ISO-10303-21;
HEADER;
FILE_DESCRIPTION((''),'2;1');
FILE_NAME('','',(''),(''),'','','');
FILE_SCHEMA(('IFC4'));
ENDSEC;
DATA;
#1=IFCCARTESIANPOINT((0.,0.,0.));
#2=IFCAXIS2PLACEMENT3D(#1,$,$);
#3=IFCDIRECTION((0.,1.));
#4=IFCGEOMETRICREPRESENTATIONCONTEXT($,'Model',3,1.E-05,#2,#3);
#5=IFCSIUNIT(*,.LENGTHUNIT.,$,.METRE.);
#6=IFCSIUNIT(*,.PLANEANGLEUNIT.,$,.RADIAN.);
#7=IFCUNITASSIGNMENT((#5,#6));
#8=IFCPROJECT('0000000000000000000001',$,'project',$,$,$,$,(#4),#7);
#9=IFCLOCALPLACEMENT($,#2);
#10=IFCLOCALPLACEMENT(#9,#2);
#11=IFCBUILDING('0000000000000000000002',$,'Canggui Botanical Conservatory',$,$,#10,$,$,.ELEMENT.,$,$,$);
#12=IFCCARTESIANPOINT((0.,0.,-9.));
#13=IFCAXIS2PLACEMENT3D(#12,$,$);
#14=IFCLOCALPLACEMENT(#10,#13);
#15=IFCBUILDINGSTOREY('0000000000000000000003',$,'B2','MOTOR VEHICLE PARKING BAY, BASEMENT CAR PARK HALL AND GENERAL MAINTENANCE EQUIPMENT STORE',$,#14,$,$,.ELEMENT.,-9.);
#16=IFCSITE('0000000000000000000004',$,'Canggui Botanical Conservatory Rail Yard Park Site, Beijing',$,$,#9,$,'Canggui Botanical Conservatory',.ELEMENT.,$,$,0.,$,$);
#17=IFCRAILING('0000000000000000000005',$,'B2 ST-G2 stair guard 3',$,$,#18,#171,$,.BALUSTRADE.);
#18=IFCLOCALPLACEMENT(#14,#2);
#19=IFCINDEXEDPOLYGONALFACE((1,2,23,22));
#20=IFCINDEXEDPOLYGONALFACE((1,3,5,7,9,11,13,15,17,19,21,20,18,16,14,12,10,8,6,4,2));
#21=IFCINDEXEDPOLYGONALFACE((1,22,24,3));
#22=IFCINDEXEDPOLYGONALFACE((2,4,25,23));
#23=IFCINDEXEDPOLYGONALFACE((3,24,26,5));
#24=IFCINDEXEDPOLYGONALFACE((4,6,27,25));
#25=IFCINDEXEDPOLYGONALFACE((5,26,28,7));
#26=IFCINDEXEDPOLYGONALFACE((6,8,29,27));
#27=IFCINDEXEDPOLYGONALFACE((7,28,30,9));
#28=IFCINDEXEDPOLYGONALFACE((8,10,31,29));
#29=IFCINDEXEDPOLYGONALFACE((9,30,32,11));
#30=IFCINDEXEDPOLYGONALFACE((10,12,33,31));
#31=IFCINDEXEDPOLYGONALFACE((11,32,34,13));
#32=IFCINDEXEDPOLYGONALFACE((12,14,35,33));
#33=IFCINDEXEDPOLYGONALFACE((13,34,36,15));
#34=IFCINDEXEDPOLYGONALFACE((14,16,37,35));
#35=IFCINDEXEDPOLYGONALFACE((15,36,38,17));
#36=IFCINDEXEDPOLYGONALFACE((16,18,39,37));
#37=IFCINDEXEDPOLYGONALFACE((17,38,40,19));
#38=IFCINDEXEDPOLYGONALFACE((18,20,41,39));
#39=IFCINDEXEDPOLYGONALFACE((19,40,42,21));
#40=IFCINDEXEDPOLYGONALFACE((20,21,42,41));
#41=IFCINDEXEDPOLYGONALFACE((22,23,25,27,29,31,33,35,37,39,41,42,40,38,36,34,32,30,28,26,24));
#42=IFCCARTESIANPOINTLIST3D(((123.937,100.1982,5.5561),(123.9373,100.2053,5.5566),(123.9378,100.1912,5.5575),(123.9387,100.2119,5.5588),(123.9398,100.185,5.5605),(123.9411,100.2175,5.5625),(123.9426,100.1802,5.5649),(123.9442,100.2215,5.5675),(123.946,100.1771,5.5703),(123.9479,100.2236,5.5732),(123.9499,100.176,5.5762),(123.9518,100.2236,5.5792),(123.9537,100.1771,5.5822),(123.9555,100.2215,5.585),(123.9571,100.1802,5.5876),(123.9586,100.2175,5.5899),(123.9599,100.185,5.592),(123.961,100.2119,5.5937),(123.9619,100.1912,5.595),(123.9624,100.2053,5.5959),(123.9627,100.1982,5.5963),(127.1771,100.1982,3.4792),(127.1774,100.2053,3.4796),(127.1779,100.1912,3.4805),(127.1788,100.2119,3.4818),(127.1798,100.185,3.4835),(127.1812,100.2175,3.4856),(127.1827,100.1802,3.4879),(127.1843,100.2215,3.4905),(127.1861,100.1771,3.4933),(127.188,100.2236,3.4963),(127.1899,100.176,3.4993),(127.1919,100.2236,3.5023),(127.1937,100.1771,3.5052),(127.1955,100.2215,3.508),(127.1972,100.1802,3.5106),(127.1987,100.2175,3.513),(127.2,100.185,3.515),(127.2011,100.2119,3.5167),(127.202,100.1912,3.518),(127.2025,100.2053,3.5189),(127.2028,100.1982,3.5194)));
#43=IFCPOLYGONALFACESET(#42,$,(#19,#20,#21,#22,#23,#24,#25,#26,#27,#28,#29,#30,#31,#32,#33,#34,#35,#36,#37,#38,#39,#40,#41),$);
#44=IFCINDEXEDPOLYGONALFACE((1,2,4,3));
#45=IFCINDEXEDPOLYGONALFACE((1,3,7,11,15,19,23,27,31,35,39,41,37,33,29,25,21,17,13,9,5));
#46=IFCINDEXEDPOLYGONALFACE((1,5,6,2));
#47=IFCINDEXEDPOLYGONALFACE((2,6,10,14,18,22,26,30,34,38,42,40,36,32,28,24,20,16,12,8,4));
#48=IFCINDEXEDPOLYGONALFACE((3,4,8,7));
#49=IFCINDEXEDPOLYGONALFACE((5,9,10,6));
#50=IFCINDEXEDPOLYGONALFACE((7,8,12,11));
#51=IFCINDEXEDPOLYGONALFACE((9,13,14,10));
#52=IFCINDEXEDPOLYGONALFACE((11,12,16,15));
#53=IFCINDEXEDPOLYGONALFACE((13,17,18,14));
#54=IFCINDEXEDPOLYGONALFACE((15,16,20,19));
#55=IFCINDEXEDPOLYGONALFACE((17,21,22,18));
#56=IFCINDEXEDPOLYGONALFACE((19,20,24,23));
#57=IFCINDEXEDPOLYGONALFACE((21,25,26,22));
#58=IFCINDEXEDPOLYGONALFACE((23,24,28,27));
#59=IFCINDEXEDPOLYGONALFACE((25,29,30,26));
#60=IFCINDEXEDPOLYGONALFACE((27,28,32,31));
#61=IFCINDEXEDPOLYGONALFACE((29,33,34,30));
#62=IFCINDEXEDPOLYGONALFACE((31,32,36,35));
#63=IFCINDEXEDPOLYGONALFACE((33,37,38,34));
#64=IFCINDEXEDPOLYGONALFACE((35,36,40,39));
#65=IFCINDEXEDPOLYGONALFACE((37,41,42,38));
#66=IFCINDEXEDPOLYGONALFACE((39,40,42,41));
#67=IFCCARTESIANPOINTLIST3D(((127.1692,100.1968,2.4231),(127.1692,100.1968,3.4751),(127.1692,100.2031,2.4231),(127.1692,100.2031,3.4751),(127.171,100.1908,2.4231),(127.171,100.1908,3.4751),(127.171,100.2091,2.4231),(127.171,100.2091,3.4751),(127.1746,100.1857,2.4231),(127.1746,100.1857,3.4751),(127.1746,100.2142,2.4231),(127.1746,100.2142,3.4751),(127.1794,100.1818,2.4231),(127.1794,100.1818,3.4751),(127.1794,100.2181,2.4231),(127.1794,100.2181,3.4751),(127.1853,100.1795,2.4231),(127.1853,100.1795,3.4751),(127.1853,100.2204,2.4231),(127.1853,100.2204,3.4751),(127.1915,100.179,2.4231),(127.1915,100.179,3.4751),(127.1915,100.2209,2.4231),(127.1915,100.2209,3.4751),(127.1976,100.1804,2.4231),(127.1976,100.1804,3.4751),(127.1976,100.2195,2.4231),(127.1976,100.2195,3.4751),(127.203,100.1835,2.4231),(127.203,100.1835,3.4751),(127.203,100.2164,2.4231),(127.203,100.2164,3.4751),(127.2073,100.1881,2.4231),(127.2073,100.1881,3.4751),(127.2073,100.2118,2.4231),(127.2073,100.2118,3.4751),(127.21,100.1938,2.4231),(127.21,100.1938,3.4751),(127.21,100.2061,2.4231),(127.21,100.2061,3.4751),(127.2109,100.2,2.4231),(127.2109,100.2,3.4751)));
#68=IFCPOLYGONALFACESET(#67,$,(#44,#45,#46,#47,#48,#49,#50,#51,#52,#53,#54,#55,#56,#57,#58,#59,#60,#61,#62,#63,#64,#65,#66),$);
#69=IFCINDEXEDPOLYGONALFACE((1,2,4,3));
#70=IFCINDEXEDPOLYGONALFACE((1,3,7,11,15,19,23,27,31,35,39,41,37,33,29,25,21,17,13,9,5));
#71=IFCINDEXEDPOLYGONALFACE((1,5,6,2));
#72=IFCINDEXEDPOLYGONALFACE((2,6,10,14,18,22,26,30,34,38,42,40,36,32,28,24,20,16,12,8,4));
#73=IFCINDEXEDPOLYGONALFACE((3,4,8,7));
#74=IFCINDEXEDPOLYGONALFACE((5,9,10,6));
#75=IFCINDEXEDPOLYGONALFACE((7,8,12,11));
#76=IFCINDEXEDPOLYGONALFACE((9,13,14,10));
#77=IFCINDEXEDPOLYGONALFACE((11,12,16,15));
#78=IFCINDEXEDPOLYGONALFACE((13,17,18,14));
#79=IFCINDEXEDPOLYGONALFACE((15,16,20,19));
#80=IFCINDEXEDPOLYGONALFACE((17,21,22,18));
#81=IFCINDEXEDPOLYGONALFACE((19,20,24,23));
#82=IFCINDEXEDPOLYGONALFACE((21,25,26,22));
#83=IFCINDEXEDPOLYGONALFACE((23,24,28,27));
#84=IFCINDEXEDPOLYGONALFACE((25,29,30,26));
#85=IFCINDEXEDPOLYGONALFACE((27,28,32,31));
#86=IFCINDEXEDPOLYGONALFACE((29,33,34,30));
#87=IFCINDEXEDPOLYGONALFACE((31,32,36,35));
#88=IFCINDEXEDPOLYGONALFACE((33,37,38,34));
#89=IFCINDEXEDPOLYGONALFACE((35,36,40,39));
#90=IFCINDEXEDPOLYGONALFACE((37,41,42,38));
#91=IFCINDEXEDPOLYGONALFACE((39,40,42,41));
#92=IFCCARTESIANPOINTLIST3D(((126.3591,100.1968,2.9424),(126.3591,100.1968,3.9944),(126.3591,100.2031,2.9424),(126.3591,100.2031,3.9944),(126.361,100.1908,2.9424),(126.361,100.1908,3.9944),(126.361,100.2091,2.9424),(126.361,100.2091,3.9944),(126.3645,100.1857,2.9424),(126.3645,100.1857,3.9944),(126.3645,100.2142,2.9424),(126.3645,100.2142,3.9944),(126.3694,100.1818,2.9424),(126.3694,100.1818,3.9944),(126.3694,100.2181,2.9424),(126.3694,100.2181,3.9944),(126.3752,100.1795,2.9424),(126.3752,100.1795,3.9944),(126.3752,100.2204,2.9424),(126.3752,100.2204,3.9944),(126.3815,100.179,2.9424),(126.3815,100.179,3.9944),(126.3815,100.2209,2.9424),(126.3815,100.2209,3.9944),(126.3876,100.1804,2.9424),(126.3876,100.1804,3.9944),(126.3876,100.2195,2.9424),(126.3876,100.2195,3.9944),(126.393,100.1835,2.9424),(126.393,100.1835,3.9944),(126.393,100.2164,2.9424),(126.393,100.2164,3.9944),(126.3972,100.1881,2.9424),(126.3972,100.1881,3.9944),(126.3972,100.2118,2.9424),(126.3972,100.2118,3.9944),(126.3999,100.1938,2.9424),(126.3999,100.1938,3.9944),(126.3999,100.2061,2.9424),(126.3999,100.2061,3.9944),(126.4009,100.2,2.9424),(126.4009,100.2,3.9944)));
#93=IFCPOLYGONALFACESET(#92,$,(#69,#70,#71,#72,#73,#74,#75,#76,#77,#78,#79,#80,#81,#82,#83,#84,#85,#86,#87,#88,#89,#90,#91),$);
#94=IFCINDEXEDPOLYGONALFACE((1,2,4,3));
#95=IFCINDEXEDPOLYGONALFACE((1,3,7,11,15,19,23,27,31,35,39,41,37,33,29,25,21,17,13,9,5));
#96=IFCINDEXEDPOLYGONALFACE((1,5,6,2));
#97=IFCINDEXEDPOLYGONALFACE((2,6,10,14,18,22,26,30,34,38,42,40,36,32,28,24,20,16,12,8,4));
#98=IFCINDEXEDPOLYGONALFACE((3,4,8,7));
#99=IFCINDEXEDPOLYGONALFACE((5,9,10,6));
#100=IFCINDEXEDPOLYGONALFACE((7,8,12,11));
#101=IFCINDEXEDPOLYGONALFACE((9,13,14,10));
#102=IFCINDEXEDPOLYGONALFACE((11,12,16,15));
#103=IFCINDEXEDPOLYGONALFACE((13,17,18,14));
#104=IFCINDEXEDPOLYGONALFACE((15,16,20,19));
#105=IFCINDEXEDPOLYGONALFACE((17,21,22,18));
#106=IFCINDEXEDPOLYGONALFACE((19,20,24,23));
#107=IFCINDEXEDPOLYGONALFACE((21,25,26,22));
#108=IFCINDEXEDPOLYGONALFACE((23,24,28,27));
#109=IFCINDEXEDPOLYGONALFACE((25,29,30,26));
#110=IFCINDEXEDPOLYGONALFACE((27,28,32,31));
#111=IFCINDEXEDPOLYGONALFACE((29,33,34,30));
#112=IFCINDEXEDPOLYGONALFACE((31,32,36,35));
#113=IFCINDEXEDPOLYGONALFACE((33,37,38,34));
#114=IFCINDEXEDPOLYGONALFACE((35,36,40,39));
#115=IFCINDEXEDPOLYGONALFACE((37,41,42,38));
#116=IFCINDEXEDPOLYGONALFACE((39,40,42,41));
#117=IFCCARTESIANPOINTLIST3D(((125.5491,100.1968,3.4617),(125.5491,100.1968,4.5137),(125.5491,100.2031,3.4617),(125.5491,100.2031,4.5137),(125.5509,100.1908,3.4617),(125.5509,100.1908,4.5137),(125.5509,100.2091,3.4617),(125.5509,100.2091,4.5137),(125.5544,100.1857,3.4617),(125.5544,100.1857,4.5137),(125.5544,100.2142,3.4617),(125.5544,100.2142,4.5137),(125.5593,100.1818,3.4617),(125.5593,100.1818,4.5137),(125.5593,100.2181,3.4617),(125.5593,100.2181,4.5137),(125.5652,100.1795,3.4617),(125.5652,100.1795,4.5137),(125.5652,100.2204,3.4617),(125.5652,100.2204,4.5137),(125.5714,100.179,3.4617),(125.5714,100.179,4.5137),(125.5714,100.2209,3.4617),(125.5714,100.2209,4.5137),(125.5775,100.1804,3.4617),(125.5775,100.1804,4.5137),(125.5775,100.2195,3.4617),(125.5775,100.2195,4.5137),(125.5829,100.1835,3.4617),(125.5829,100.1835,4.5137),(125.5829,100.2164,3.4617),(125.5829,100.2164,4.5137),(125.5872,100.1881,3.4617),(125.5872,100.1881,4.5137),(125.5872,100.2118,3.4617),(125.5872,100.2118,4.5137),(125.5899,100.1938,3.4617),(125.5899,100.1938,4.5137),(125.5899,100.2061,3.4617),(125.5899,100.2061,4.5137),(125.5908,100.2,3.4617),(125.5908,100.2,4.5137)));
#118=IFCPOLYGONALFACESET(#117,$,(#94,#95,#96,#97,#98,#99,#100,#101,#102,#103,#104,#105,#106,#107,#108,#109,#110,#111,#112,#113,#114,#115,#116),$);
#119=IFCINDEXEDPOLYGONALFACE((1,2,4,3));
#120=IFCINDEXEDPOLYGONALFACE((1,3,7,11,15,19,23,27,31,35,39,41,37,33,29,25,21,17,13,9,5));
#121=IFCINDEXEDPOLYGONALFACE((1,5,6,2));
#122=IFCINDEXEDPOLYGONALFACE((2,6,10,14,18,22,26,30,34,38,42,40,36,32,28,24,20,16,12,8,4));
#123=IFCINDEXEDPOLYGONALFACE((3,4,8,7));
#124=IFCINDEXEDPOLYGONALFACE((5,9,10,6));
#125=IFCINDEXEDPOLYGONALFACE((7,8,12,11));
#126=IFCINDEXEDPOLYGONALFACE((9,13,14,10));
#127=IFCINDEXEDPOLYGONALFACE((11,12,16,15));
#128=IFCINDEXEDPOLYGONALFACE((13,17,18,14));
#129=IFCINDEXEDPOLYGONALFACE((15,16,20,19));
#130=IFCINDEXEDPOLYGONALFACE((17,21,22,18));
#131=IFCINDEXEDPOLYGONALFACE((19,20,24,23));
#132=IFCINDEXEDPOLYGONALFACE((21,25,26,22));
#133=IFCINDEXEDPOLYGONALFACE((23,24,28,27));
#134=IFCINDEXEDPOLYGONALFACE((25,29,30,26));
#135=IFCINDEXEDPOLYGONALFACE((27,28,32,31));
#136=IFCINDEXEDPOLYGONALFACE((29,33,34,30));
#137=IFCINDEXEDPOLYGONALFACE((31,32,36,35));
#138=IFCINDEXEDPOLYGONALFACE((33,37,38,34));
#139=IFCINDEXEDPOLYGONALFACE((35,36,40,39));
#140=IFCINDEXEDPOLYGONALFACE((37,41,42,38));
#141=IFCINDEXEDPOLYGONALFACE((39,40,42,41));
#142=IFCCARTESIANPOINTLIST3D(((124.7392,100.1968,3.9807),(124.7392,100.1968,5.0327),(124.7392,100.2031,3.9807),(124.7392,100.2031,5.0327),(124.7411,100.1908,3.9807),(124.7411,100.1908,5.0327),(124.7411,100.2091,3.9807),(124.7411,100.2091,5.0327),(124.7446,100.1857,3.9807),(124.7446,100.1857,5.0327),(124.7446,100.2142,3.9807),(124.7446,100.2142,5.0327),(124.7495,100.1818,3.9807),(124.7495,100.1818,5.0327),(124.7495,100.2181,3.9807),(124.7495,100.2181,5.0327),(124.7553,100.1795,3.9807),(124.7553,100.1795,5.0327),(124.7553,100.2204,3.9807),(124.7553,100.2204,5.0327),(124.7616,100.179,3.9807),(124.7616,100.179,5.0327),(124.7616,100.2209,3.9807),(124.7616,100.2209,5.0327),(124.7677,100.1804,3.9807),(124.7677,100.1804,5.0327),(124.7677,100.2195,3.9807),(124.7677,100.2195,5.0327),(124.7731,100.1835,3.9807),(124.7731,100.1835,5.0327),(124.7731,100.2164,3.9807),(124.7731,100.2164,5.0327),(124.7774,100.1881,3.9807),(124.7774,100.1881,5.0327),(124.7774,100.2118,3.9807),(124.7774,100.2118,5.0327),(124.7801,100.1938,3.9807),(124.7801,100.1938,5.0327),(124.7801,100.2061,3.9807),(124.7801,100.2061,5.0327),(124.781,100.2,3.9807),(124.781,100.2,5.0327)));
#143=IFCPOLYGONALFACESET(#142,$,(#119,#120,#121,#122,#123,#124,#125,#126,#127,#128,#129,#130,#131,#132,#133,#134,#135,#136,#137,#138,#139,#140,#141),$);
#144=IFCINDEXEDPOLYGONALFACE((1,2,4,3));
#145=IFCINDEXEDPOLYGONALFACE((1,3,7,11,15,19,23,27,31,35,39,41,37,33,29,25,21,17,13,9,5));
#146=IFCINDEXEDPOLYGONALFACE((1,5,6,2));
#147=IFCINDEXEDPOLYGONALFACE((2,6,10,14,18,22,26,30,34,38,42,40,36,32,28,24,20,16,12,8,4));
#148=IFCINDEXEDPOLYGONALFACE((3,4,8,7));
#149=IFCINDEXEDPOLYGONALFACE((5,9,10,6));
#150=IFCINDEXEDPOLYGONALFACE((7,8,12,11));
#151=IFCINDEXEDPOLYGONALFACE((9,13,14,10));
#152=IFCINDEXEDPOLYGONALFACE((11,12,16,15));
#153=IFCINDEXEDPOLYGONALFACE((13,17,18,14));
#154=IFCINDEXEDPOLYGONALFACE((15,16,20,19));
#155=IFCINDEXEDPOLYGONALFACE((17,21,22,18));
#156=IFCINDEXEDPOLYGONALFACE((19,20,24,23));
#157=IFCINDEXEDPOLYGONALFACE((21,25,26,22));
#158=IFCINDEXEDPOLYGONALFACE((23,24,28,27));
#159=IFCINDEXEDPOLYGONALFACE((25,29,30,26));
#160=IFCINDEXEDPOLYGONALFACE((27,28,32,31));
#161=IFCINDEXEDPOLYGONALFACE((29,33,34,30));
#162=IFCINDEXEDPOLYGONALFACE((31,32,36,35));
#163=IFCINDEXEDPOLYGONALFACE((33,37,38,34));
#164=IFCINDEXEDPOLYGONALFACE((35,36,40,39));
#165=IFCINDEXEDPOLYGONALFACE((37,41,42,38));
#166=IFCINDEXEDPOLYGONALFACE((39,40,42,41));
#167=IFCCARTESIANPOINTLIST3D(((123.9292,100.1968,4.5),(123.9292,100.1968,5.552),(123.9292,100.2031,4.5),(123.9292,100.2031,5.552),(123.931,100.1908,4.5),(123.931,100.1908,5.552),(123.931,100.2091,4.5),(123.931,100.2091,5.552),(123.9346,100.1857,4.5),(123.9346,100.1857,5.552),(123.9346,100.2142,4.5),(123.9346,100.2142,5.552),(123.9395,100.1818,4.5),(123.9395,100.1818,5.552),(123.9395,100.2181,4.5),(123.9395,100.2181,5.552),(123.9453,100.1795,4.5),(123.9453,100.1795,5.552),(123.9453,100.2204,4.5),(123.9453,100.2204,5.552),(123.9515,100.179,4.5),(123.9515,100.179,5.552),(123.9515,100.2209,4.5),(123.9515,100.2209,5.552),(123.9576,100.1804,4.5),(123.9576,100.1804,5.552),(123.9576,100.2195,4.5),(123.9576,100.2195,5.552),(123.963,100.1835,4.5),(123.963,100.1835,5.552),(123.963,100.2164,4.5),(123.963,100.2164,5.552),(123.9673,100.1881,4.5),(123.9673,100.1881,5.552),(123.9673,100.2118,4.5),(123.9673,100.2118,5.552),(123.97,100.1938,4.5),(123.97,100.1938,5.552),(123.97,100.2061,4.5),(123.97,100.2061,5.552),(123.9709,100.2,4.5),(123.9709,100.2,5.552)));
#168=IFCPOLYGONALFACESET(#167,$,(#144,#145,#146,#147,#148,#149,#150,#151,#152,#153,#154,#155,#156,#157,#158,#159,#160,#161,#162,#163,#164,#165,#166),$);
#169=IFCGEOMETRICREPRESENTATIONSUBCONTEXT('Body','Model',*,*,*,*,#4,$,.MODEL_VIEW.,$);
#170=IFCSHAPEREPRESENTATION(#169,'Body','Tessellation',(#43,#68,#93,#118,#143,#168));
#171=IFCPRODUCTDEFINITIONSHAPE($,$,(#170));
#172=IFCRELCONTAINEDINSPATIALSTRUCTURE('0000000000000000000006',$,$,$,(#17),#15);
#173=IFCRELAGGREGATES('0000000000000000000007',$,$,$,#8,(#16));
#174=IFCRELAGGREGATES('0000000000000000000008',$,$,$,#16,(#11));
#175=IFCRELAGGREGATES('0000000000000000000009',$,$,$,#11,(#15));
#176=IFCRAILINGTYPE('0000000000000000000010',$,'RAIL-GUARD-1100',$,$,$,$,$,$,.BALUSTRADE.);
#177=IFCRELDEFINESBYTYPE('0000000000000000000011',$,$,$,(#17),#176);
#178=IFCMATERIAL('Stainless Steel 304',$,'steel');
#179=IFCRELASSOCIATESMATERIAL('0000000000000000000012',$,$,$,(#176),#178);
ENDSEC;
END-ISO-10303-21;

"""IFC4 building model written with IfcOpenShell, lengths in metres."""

from ifc_helpers import new_model, si_unit, direction, frame, origin, origin_2d, place, context, subcontext, project, spatial, circle, extrude, material, type_object, element, save


model = new_model("IFC4")

# Units and contexts
model_context = context("Model", 3, precision=1e-05, world=origin(), true_north=direction((0.0, 1.0)))
body_context = subcontext(model_context, "Body", "Model", "MODEL_VIEW")
ifc_project = project(units=[si_unit("LENGTHUNIT", "METRE"), si_unit("PLANEANGLEUNIT", "RADIAN")], contexts=[model_context])

# Site, building, storey
site_placement = place(None, origin())
site = spatial("IfcSite", under=ifc_project, at=site_placement, Name="Canggui Botanical Conservatory Rail Yard Park Site, Beijing", LongName="Canggui Botanical Conservatory", CompositionType="ELEMENT", RefElevation=0.0)
building_placement = place(site_placement, origin())
building = spatial("IfcBuilding", under=site, at=building_placement, Name="Canggui Botanical Conservatory", CompositionType="ELEMENT")
storey_placement = place(building_placement, frame((0.0, 0.0, -9.0)))
storey = spatial("IfcBuildingStorey", under=building, at=storey_placement, Name="B2", Description="MOTOR VEHICLE PARKING BAY, BASEMENT CAR PARK HALL AND GENERAL MAINTENANCE EQUIPMENT STORE", CompositionType="ELEMENT", Elevation=-9.0)

# Railing
ifc_material_1 = material(Name="Stainless Steel 304", Category="steel")
railing_type_1 = type_object("IfcRailingType", Name="RAIL-GUARD-1100", PredefinedType="BALUSTRADE", material=ifc_material_1)
railing_1_placement = place(storey_placement, frame((127.1899, 100.2, 2.4231)))
element("IfcRailing", 1, at=railing_1_placement, inside=storey, type_object=railing_type_1, Name="B2 ST-G2 stair guard 3", PredefinedType="BALUSTRADE", context=body_context, shape_type="SweptSolid", body=[
    extrude(circle(Radius=0.0239, at=origin_2d()), frame((0.0, 0.0, 1.0762), z_axis=(-0.841881, 0.0, 0.539664), x_axis=(0.0, -1.0, 0.0)), (0.0, 0.0, 1.0), 3.8486),
    extrude(circle(Radius=0.021, at=origin_2d()), origin(), (0.0, 0.0, 1.0), 1.052),
    extrude(circle(Radius=0.021, at=origin_2d()), frame((-0.8101, 0.0, 0.5193)), (0.0, 0.0, 1.0), 1.052),
    extrude(circle(Radius=0.021, at=origin_2d()), frame((-1.6201, 0.0, 1.0386)), (0.0, 0.0, 1.0), 1.052),
    extrude(circle(Radius=0.021, at=origin_2d()), frame((-2.4299, 0.0, 1.5576)), (0.0, 0.0, 1.0), 1.052),
    extrude(circle(Radius=0.021, at=origin_2d()), frame((-3.24, 0.0, 2.0769)), (0.0, 0.0, 1.0), 1.052),
])

save(model, "model.ifc")
